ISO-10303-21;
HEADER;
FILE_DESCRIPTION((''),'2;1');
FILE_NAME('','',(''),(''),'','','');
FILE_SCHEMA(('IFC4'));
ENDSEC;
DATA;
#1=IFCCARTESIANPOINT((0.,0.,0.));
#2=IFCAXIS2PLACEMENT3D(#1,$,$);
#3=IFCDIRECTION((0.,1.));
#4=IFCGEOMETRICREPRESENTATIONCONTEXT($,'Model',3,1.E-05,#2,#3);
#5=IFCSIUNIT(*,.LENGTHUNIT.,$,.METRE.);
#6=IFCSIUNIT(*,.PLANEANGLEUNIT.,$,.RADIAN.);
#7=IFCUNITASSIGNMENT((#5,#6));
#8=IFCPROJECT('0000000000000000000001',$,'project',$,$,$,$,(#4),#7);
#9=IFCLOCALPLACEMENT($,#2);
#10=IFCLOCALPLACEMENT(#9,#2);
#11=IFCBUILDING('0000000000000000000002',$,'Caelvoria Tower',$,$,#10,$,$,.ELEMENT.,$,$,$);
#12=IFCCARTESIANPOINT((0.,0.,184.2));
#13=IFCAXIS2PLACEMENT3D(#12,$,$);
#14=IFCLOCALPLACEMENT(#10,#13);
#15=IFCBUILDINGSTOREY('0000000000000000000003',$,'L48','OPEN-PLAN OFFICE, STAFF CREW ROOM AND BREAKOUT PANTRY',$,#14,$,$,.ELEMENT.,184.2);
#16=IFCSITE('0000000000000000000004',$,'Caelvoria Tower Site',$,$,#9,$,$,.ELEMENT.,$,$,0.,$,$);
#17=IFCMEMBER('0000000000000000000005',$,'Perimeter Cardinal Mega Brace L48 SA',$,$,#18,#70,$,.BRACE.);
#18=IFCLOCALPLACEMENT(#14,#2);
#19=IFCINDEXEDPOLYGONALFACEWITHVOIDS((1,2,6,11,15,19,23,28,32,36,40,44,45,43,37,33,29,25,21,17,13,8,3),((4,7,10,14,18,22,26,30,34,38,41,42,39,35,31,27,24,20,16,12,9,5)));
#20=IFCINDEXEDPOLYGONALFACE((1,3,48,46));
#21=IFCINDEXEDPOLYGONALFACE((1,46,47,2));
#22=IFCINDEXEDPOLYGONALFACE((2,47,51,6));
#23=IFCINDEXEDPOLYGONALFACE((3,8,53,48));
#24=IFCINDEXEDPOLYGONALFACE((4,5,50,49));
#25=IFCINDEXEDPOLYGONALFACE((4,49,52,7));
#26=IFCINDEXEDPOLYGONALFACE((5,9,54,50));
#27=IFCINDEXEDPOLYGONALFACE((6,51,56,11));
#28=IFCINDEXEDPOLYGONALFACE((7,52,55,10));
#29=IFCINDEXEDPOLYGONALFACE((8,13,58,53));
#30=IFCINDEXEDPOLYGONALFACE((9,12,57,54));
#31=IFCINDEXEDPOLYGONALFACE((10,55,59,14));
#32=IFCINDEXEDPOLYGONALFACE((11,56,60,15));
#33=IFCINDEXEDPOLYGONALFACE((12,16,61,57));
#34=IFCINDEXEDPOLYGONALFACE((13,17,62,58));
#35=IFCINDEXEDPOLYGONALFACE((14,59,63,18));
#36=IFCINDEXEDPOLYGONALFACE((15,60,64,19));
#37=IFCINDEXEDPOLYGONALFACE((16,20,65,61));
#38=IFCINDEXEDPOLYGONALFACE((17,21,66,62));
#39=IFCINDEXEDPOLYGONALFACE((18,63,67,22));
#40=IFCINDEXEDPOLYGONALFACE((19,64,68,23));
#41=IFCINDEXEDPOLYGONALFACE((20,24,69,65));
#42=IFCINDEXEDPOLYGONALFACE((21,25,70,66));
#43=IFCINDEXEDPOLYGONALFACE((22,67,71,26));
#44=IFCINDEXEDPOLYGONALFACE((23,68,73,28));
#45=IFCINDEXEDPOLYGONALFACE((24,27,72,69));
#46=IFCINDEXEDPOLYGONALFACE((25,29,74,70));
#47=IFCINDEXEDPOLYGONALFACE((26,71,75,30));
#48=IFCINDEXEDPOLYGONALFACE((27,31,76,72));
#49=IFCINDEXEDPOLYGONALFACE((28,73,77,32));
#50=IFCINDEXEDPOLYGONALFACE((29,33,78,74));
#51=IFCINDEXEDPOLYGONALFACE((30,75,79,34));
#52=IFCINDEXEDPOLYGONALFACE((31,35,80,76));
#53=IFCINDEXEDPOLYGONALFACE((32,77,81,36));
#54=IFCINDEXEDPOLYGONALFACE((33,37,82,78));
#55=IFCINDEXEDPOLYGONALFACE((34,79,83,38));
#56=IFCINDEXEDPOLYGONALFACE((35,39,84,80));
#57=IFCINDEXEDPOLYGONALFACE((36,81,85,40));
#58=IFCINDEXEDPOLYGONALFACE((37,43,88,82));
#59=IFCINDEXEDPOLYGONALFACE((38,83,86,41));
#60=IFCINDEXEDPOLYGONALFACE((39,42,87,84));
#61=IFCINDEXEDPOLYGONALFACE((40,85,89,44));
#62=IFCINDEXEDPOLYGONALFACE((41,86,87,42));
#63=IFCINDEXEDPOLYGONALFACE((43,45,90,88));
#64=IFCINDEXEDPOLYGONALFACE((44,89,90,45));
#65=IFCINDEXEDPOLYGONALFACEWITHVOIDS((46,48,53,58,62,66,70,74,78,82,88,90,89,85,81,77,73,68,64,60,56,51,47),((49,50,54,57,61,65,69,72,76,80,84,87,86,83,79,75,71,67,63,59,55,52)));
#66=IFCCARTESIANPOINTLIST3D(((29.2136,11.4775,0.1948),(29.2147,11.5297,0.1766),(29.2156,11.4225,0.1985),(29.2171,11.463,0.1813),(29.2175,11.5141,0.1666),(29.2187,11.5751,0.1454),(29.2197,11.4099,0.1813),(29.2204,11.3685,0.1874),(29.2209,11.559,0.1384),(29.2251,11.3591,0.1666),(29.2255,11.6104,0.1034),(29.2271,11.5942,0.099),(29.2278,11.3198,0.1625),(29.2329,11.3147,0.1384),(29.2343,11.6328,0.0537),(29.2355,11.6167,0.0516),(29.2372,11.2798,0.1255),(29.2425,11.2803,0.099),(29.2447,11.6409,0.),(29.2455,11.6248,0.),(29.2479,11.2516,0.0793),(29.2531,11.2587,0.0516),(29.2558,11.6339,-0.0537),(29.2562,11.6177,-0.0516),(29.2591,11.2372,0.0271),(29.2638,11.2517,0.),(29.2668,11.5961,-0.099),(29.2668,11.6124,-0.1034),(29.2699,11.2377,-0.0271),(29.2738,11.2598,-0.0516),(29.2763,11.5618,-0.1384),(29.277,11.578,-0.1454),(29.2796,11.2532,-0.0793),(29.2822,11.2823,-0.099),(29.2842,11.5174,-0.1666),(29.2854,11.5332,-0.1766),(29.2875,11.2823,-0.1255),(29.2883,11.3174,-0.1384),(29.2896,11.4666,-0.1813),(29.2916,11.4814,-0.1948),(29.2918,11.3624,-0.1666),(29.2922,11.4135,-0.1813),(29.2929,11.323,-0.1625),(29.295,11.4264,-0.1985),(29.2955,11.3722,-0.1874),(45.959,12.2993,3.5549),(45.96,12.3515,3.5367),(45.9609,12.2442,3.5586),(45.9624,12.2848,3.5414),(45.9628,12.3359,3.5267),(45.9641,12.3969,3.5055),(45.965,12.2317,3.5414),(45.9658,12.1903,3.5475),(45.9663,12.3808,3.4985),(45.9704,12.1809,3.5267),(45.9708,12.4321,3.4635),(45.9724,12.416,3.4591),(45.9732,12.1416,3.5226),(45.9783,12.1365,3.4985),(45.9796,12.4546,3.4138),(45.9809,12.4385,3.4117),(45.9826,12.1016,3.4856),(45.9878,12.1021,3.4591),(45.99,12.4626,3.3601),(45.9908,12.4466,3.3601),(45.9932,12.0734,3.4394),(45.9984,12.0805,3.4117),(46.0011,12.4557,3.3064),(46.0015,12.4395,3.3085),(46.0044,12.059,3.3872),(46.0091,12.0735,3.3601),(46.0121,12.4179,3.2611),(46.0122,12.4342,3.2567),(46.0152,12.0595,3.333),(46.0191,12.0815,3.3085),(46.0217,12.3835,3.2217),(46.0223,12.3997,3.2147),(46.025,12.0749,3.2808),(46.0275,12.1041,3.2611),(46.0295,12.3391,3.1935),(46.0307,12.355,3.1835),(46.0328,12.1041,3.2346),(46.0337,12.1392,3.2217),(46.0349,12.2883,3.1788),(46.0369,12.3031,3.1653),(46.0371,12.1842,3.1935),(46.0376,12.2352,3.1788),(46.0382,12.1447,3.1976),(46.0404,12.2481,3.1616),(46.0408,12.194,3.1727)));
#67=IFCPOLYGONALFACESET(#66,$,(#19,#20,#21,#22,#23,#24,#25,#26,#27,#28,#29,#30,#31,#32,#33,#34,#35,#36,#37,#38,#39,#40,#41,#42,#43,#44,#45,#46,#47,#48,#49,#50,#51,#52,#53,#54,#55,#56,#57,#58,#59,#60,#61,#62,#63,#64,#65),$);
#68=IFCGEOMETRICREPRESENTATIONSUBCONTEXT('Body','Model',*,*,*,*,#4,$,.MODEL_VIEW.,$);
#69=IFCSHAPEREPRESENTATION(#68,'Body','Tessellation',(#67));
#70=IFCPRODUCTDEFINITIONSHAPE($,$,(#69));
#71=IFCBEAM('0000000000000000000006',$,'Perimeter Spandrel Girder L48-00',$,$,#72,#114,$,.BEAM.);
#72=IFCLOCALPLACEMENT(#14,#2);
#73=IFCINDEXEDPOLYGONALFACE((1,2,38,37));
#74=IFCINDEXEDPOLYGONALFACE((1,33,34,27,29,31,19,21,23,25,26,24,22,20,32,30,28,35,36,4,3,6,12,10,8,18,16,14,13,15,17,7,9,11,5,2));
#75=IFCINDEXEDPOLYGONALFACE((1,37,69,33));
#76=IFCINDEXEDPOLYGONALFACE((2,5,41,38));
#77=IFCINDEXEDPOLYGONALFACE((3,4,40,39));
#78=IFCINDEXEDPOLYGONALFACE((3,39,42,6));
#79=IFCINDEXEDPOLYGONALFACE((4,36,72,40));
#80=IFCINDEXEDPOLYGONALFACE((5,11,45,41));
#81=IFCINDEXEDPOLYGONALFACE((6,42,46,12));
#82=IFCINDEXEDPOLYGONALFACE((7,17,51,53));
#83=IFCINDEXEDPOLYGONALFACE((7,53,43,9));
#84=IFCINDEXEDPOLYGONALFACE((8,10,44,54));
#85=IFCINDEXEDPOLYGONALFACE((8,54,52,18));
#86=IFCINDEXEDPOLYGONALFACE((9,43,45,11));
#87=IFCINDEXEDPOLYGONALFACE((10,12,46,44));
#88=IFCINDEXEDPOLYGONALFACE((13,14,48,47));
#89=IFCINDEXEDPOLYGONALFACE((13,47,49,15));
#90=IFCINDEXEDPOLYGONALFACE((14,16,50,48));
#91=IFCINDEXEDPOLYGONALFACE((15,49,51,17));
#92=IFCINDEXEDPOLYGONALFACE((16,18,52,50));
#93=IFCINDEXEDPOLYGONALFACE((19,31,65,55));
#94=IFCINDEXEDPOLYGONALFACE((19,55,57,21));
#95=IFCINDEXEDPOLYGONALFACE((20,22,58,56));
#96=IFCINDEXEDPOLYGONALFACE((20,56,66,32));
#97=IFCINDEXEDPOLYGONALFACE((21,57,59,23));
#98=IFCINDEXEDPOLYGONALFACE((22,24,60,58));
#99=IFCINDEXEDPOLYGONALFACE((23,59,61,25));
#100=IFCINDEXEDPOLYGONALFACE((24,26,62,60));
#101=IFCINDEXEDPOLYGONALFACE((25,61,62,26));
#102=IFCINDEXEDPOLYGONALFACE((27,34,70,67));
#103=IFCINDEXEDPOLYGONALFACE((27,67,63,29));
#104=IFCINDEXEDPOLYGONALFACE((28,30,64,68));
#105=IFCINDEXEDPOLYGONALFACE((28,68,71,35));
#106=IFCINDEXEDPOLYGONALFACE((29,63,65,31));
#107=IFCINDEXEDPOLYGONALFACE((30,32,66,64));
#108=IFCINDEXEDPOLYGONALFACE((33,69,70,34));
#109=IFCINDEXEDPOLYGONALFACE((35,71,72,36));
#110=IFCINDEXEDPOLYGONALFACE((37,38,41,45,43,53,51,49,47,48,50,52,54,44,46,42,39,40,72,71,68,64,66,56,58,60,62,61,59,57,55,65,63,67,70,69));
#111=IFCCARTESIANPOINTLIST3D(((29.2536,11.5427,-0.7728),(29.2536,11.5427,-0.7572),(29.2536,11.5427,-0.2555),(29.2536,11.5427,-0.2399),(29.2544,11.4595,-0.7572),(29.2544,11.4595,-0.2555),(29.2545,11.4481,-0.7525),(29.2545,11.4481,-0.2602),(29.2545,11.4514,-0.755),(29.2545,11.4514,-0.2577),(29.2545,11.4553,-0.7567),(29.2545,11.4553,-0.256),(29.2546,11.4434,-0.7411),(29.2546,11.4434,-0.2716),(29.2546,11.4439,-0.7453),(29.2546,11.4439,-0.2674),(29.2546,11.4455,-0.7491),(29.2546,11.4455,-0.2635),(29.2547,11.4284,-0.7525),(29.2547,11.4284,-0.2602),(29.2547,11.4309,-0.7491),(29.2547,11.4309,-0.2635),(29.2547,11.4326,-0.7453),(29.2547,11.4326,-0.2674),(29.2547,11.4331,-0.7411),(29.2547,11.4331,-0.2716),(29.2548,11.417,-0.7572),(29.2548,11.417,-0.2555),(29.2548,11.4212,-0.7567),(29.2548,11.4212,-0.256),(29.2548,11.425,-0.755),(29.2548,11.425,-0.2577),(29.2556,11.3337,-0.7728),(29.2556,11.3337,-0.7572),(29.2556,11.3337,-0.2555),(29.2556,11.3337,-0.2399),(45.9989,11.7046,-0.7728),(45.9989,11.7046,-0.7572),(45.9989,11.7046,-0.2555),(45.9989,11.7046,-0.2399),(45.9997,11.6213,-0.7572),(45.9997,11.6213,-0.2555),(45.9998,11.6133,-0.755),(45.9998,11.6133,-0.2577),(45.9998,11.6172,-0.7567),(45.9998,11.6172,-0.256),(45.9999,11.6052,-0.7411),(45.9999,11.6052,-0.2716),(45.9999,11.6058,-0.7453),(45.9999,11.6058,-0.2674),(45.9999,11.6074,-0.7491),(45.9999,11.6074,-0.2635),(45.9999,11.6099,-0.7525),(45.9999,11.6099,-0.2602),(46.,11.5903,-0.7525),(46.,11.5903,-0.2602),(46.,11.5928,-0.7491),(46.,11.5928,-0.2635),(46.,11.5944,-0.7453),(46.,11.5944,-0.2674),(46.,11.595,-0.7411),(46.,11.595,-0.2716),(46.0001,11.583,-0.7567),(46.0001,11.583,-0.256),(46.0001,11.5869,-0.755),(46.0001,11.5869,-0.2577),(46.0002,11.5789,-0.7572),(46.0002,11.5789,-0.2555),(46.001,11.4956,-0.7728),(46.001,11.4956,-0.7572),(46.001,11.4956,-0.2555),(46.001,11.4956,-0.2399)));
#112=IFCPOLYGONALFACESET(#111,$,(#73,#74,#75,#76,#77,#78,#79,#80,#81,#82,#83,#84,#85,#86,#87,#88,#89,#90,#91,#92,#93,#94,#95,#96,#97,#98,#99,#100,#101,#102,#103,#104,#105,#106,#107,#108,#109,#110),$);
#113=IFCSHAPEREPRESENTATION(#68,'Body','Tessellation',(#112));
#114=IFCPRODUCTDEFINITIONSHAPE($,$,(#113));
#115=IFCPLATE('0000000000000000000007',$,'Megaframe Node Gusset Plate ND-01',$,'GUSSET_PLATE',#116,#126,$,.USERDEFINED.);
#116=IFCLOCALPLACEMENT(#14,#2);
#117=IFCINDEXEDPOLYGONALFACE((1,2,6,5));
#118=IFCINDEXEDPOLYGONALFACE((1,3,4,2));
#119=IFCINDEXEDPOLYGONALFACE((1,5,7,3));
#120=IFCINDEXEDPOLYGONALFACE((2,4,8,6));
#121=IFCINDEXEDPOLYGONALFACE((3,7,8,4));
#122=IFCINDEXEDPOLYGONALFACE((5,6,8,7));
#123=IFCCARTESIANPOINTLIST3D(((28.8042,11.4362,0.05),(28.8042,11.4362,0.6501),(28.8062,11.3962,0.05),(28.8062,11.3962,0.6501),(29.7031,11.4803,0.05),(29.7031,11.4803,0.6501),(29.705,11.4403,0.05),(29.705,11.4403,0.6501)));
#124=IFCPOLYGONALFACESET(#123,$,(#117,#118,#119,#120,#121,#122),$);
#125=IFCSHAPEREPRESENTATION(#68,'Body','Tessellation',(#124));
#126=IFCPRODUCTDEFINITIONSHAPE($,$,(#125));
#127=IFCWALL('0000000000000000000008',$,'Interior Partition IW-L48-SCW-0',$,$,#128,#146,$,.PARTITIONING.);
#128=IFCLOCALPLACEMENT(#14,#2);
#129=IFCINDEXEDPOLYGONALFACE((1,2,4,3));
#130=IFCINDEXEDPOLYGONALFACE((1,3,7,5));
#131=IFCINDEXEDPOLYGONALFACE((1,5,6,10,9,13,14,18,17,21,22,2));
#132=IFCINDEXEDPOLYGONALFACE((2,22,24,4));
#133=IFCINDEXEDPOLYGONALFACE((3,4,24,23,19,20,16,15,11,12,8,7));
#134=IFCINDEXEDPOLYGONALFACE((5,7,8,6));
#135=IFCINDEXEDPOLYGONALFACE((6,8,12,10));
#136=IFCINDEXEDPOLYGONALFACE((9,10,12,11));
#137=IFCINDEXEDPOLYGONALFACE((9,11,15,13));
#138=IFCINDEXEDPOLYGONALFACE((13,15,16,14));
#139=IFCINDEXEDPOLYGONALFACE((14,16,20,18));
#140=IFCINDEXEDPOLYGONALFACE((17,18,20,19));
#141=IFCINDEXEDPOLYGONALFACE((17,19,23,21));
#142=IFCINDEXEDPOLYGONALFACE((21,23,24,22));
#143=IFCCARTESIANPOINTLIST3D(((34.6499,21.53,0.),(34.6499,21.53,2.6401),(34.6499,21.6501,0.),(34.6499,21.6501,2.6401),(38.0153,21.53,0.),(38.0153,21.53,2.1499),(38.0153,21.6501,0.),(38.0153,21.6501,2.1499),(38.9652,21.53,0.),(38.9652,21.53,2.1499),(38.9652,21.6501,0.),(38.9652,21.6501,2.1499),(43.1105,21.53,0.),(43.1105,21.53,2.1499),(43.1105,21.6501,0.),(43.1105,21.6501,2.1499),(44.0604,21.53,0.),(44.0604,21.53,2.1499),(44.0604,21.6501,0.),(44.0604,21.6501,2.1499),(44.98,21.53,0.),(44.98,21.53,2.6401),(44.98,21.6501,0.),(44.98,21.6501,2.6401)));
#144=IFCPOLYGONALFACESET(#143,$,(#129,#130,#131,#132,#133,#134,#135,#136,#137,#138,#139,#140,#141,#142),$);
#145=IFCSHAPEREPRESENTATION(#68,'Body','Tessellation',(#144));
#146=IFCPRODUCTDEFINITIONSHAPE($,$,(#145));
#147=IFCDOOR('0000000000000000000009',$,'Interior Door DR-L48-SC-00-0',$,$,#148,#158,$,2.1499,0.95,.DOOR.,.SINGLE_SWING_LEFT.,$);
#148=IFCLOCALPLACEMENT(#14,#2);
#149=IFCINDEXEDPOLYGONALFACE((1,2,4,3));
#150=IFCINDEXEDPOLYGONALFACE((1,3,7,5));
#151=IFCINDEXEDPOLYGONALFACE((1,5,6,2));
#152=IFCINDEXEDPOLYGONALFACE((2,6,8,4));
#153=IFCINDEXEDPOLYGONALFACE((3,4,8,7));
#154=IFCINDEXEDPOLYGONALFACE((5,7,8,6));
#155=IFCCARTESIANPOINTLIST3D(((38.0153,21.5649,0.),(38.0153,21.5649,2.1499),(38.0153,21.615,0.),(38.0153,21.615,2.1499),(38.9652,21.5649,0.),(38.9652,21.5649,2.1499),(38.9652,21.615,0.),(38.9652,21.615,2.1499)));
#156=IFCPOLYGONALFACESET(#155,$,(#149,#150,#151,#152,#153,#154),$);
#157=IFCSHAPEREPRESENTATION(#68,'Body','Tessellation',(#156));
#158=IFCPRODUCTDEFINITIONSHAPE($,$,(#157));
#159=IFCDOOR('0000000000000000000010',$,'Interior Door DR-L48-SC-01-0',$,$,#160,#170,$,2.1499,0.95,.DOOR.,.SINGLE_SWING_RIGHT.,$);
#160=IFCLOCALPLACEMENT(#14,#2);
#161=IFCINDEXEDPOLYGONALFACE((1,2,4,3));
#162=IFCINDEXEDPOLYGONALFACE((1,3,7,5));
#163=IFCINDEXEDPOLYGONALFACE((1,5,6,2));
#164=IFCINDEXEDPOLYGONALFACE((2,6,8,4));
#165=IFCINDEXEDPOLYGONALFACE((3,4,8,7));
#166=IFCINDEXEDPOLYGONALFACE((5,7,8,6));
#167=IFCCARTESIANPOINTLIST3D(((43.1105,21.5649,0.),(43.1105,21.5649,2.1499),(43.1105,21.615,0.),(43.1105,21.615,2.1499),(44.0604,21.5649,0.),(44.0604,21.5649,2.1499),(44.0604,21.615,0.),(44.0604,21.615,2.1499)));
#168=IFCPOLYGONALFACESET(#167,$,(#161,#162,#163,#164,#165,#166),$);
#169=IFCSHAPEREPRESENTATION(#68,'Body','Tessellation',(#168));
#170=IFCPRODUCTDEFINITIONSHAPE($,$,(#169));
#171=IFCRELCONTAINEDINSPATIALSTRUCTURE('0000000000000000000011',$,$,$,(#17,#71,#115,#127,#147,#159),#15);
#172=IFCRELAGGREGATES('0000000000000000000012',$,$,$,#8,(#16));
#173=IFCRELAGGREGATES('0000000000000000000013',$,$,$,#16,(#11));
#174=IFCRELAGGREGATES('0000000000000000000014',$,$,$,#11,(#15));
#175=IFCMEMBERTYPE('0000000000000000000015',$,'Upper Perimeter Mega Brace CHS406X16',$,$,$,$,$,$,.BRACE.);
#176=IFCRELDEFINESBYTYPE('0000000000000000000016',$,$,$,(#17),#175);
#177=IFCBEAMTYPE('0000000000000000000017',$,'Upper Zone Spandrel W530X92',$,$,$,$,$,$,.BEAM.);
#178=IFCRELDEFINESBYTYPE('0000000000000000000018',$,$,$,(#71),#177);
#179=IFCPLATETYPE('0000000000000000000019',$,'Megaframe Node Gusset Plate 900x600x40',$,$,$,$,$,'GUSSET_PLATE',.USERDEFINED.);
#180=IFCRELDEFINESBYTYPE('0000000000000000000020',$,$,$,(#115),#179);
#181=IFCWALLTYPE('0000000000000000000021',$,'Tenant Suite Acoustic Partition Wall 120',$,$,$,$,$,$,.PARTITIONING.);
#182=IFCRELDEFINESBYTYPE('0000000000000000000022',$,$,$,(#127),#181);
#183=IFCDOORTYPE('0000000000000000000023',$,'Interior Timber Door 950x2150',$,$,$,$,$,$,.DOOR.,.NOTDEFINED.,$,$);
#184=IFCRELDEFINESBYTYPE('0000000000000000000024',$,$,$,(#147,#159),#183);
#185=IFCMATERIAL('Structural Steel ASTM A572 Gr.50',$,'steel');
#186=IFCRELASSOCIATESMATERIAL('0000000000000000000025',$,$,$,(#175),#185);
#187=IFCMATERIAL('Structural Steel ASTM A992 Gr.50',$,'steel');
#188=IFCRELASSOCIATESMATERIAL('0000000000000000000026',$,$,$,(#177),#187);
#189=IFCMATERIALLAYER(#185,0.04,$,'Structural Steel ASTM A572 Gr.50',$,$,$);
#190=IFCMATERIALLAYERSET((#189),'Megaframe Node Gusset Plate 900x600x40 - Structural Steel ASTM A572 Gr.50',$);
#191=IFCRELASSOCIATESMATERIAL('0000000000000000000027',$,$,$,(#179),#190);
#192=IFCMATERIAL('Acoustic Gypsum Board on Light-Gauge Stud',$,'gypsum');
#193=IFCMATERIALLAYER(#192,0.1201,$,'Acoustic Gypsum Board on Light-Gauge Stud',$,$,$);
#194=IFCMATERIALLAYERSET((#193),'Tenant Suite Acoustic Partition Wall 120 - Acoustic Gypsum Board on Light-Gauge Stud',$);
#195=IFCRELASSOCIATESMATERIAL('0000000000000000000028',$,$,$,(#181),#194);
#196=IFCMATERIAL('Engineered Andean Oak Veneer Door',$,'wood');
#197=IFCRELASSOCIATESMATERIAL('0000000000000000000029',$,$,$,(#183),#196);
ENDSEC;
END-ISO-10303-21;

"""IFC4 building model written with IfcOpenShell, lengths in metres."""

from ifc_helpers import new_model, si_unit, direction, frame, frame_2d, origin, origin_2d, place, context, subcontext, project, spatial, rectangle, hollow_circle, i_section, extrude, material, layer, layer_set, material_profile, profile_set, type_object, element, fill, save


model = new_model("IFC4")

# Units and contexts
model_context = context("Model", 3, precision=1e-05, world=origin(), true_north=direction((0.0, 1.0)))
body_context = subcontext(model_context, "Body", "Model", "MODEL_VIEW")
ifc_project = project(units=[si_unit("LENGTHUNIT", "METRE"), si_unit("PLANEANGLEUNIT", "RADIAN")], contexts=[model_context])

# Site, building, storey
site_placement = place(None, origin())
site = spatial("IfcSite", under=ifc_project, at=site_placement, Name="Caelvoria Tower Site", CompositionType="ELEMENT", RefElevation=0.0)
building_placement = place(site_placement, origin())
building = spatial("IfcBuilding", under=site, at=building_placement, Name="Caelvoria Tower", CompositionType="ELEMENT")
storey_placement = place(building_placement, frame((0.0, 0.0, 184.2)))
storey = spatial("IfcBuildingStorey", under=building, at=storey_placement, Name="L48", Description="OPEN-PLAN OFFICE, STAFF CREW ROOM AND BREAKOUT PANTRY", CompositionType="ELEMENT", Elevation=184.2)

# Shared definitions
ifc_material_1 = material(Name="Structural Steel ASTM A572 Gr.50", Category="steel")
ifc_material_2 = material(Name="Structural Steel ASTM A992 Gr.50", Category="steel")

# Member
ifc_material_profile_1 = material_profile(ifc_material_1, hollow_circle(Radius=0.2029, WallThickness=0.0161, at=origin_2d()), Name="Structural Steel ASTM A572 Gr.50")
ifc_profile_set_1 = profile_set([ifc_material_profile_1], Name="CHS406X16 - Structural Steel ASTM A572 Gr.50")
member_type = type_object("IfcMemberType", Name="Upper Perimeter Mega Brace CHS406X16", PredefinedType="BRACE", material=ifc_profile_set_1)
member_placement = place(storey_placement, frame((29.2546, 11.4382, 0.0), z_axis=(0.979323, 0.04806, 0.19651), x_axis=(-0.049016, 0.998798, 0.0)))
element("IfcMember", 1, at=member_placement, inside=storey, type_object=member_type, Name="Perimeter Cardinal Mega Brace L48 SA", PredefinedType="BRACE", context=body_context, shape_type="SweptSolid", body=[
    extrude(hollow_circle(Radius=0.2029, WallThickness=0.0161, at=origin_2d()), origin(), (0.0, 0.0, 1.0), 17.0989),
])

# Beam
ifc_material_profile_2 = material_profile(ifc_material_2, i_section(OverallWidth=0.209, OverallDepth=0.533, WebThickness=0.0103, FlangeThickness=0.0156, FilletRadius=0.0161, at=origin_2d()), Name="Structural Steel ASTM A992 Gr.50")
ifc_profile_set_2 = profile_set([ifc_material_profile_2], Name="W530X92 - Structural Steel ASTM A992 Gr.50")
beam_type_1 = type_object("IfcBeamType", Name="Upper Zone Spandrel W530X92", PredefinedType="BEAM", material=ifc_profile_set_2)
beam_1_placement = place(storey_placement, frame((29.2546, 11.4382, -0.5063), z_axis=(0.999953, 0.009666, 0.0), x_axis=(-0.009666, 0.999953, 0.0)))
element("IfcBeam", 2, at=beam_1_placement, inside=storey, type_object=beam_type_1, Name="Perimeter Spandrel Girder L48-00", PredefinedType="BEAM", context=body_context, shape_type="SweptSolid", body=[
    extrude(i_section(OverallWidth=0.209, OverallDepth=0.533, WebThickness=0.0103, FlangeThickness=0.0156, FilletRadius=0.0161, at=origin_2d()), origin(), (0.0, 0.0, 1.0), 16.7461),
])

# Plate
ifc_layer_1 = layer(ifc_material_1, 0.04, Name="Structural Steel ASTM A572 Gr.50")
ifc_layer_set_1 = layer_set([ifc_layer_1], Name="Megaframe Node Gusset Plate 900x600x40 - Structural Steel ASTM A572 Gr.50")
plate_type = type_object("IfcPlateType", Name="Megaframe Node Gusset Plate 900x600x40", ElementType="GUSSET_PLATE", PredefinedType="USERDEFINED", material=ifc_layer_set_1)
plate_placement = place(storey_placement, frame((29.2546, 11.4382, 0.05), z_axis=(0.0, 0.0, 1.0), x_axis=(0.998798, 0.049012, 0.0)))
element("IfcPlate", 3, at=plate_placement, inside=storey, type_object=plate_type, Name="Megaframe Node Gusset Plate ND-01", ObjectType="GUSSET_PLATE", PredefinedType="USERDEFINED", context=body_context, shape_type="SweptSolid", body=[
    extrude(rectangle(XDim=0.8999, YDim=0.04, at=origin_2d()), origin(), (0.0, 0.0, 1.0), 0.6001),
])

# Wall, openings, doors
ifc_material_3 = material(Name="Acoustic Gypsum Board on Light-Gauge Stud", Category="gypsum")
ifc_layer_2 = layer(ifc_material_3, 0.1201, Name="Acoustic Gypsum Board on Light-Gauge Stud")
ifc_layer_set_2 = layer_set([ifc_layer_2], Name="Tenant Suite Acoustic Partition Wall 120 - Acoustic Gypsum Board on Light-Gauge Stud")
wall_type = type_object("IfcWallType", Name="Tenant Suite Acoustic Partition Wall 120", PredefinedType="PARTITIONING", material=ifc_layer_set_2)
wall_placement = place(storey_placement, frame((34.6499, 21.5901, 0.0), z_axis=(0.0, 0.0, 1.0), x_axis=(1.0, 0.0, 0.0)))
wall = element("IfcWall", 4, at=wall_placement, inside=storey, type_object=wall_type, Name="Interior Partition IW-L48-SCW-0", PredefinedType="PARTITIONING", context=body_context, shape_type="SweptSolid", body=[
    extrude(rectangle(XDim=10.3301, YDim=0.1201, at=frame_2d((5.165, 0.0))), origin(), (0.0, 0.0, 1.0), 2.6401),
])
opening_1_placement = place(wall_placement, frame((3.3652, 0.0, 0.0)))
opening_1 = element("IfcOpeningElement", 5, at=opening_1_placement, cuts=wall, PredefinedType="OPENING", context=body_context, shape_type="SweptSolid", body=[
    extrude(rectangle(XDim=0.95, YDim=2.1499, at=frame_2d((0.4751, 1.075))), frame((0.0, 0.0701, 0.0), z_axis=(0.0, -1.0, 0.0), x_axis=(1.0, 0.0, 0.0)), (0.0, 0.0, 1.0), 0.1401),
])
opening_2_placement = place(wall_placement, frame((8.4604, 0.0, 0.0)))
opening_2 = element("IfcOpeningElement", 6, at=opening_2_placement, cuts=wall, PredefinedType="OPENING", context=body_context, shape_type="SweptSolid", body=[
    extrude(rectangle(XDim=0.95, YDim=2.1499, at=frame_2d((0.4751, 1.075))), frame((0.0, 0.0701, 0.0), z_axis=(0.0, -1.0, 0.0), x_axis=(1.0, 0.0, 0.0)), (0.0, 0.0, 1.0), 0.1401),
])
ifc_material_4 = material(Name="Engineered Andean Oak Veneer Door", Category="wood")
door_type = type_object("IfcDoorType", Name="Interior Timber Door 950x2150", OperationType="NOTDEFINED", PredefinedType="DOOR", material=ifc_material_4)
door_1_placement = place(opening_1_placement, origin())
door_1 = element("IfcDoor", 7, at=door_1_placement, inside=storey, type_object=door_type, Name="Interior Door DR-L48-SC-00-0", OperationType="SINGLE_SWING_LEFT", OverallHeight=2.1499, OverallWidth=0.95, PredefinedType="DOOR", context=body_context, shape_type="SweptSolid", body=[
    extrude(rectangle(XDim=0.95, YDim=2.1499, at=frame_2d((0.4751, 1.075))), frame((0.0, 0.0249, 0.0), z_axis=(0.0, -1.0, 0.0), x_axis=(1.0, 0.0, 0.0)), (0.0, 0.0, 1.0), 0.05),
])
fill(opening_1, door_1)
door_2_placement = place(opening_2_placement, origin())
door_2 = element("IfcDoor", 8, at=door_2_placement, inside=storey, type_object=door_type, Name="Interior Door DR-L48-SC-01-0", OperationType="SINGLE_SWING_RIGHT", OverallHeight=2.1499, OverallWidth=0.95, PredefinedType="DOOR", context=body_context, shape_type="SweptSolid", body=[
    extrude(rectangle(XDim=0.95, YDim=2.1499, at=frame_2d((0.4751, 1.075))), frame((0.0, 0.0249, 0.0), z_axis=(0.0, -1.0, 0.0), x_axis=(1.0, 0.0, 0.0)), (0.0, 0.0, 1.0), 0.05),
])
fill(opening_2, door_2)

save(model, "model.ifc")
